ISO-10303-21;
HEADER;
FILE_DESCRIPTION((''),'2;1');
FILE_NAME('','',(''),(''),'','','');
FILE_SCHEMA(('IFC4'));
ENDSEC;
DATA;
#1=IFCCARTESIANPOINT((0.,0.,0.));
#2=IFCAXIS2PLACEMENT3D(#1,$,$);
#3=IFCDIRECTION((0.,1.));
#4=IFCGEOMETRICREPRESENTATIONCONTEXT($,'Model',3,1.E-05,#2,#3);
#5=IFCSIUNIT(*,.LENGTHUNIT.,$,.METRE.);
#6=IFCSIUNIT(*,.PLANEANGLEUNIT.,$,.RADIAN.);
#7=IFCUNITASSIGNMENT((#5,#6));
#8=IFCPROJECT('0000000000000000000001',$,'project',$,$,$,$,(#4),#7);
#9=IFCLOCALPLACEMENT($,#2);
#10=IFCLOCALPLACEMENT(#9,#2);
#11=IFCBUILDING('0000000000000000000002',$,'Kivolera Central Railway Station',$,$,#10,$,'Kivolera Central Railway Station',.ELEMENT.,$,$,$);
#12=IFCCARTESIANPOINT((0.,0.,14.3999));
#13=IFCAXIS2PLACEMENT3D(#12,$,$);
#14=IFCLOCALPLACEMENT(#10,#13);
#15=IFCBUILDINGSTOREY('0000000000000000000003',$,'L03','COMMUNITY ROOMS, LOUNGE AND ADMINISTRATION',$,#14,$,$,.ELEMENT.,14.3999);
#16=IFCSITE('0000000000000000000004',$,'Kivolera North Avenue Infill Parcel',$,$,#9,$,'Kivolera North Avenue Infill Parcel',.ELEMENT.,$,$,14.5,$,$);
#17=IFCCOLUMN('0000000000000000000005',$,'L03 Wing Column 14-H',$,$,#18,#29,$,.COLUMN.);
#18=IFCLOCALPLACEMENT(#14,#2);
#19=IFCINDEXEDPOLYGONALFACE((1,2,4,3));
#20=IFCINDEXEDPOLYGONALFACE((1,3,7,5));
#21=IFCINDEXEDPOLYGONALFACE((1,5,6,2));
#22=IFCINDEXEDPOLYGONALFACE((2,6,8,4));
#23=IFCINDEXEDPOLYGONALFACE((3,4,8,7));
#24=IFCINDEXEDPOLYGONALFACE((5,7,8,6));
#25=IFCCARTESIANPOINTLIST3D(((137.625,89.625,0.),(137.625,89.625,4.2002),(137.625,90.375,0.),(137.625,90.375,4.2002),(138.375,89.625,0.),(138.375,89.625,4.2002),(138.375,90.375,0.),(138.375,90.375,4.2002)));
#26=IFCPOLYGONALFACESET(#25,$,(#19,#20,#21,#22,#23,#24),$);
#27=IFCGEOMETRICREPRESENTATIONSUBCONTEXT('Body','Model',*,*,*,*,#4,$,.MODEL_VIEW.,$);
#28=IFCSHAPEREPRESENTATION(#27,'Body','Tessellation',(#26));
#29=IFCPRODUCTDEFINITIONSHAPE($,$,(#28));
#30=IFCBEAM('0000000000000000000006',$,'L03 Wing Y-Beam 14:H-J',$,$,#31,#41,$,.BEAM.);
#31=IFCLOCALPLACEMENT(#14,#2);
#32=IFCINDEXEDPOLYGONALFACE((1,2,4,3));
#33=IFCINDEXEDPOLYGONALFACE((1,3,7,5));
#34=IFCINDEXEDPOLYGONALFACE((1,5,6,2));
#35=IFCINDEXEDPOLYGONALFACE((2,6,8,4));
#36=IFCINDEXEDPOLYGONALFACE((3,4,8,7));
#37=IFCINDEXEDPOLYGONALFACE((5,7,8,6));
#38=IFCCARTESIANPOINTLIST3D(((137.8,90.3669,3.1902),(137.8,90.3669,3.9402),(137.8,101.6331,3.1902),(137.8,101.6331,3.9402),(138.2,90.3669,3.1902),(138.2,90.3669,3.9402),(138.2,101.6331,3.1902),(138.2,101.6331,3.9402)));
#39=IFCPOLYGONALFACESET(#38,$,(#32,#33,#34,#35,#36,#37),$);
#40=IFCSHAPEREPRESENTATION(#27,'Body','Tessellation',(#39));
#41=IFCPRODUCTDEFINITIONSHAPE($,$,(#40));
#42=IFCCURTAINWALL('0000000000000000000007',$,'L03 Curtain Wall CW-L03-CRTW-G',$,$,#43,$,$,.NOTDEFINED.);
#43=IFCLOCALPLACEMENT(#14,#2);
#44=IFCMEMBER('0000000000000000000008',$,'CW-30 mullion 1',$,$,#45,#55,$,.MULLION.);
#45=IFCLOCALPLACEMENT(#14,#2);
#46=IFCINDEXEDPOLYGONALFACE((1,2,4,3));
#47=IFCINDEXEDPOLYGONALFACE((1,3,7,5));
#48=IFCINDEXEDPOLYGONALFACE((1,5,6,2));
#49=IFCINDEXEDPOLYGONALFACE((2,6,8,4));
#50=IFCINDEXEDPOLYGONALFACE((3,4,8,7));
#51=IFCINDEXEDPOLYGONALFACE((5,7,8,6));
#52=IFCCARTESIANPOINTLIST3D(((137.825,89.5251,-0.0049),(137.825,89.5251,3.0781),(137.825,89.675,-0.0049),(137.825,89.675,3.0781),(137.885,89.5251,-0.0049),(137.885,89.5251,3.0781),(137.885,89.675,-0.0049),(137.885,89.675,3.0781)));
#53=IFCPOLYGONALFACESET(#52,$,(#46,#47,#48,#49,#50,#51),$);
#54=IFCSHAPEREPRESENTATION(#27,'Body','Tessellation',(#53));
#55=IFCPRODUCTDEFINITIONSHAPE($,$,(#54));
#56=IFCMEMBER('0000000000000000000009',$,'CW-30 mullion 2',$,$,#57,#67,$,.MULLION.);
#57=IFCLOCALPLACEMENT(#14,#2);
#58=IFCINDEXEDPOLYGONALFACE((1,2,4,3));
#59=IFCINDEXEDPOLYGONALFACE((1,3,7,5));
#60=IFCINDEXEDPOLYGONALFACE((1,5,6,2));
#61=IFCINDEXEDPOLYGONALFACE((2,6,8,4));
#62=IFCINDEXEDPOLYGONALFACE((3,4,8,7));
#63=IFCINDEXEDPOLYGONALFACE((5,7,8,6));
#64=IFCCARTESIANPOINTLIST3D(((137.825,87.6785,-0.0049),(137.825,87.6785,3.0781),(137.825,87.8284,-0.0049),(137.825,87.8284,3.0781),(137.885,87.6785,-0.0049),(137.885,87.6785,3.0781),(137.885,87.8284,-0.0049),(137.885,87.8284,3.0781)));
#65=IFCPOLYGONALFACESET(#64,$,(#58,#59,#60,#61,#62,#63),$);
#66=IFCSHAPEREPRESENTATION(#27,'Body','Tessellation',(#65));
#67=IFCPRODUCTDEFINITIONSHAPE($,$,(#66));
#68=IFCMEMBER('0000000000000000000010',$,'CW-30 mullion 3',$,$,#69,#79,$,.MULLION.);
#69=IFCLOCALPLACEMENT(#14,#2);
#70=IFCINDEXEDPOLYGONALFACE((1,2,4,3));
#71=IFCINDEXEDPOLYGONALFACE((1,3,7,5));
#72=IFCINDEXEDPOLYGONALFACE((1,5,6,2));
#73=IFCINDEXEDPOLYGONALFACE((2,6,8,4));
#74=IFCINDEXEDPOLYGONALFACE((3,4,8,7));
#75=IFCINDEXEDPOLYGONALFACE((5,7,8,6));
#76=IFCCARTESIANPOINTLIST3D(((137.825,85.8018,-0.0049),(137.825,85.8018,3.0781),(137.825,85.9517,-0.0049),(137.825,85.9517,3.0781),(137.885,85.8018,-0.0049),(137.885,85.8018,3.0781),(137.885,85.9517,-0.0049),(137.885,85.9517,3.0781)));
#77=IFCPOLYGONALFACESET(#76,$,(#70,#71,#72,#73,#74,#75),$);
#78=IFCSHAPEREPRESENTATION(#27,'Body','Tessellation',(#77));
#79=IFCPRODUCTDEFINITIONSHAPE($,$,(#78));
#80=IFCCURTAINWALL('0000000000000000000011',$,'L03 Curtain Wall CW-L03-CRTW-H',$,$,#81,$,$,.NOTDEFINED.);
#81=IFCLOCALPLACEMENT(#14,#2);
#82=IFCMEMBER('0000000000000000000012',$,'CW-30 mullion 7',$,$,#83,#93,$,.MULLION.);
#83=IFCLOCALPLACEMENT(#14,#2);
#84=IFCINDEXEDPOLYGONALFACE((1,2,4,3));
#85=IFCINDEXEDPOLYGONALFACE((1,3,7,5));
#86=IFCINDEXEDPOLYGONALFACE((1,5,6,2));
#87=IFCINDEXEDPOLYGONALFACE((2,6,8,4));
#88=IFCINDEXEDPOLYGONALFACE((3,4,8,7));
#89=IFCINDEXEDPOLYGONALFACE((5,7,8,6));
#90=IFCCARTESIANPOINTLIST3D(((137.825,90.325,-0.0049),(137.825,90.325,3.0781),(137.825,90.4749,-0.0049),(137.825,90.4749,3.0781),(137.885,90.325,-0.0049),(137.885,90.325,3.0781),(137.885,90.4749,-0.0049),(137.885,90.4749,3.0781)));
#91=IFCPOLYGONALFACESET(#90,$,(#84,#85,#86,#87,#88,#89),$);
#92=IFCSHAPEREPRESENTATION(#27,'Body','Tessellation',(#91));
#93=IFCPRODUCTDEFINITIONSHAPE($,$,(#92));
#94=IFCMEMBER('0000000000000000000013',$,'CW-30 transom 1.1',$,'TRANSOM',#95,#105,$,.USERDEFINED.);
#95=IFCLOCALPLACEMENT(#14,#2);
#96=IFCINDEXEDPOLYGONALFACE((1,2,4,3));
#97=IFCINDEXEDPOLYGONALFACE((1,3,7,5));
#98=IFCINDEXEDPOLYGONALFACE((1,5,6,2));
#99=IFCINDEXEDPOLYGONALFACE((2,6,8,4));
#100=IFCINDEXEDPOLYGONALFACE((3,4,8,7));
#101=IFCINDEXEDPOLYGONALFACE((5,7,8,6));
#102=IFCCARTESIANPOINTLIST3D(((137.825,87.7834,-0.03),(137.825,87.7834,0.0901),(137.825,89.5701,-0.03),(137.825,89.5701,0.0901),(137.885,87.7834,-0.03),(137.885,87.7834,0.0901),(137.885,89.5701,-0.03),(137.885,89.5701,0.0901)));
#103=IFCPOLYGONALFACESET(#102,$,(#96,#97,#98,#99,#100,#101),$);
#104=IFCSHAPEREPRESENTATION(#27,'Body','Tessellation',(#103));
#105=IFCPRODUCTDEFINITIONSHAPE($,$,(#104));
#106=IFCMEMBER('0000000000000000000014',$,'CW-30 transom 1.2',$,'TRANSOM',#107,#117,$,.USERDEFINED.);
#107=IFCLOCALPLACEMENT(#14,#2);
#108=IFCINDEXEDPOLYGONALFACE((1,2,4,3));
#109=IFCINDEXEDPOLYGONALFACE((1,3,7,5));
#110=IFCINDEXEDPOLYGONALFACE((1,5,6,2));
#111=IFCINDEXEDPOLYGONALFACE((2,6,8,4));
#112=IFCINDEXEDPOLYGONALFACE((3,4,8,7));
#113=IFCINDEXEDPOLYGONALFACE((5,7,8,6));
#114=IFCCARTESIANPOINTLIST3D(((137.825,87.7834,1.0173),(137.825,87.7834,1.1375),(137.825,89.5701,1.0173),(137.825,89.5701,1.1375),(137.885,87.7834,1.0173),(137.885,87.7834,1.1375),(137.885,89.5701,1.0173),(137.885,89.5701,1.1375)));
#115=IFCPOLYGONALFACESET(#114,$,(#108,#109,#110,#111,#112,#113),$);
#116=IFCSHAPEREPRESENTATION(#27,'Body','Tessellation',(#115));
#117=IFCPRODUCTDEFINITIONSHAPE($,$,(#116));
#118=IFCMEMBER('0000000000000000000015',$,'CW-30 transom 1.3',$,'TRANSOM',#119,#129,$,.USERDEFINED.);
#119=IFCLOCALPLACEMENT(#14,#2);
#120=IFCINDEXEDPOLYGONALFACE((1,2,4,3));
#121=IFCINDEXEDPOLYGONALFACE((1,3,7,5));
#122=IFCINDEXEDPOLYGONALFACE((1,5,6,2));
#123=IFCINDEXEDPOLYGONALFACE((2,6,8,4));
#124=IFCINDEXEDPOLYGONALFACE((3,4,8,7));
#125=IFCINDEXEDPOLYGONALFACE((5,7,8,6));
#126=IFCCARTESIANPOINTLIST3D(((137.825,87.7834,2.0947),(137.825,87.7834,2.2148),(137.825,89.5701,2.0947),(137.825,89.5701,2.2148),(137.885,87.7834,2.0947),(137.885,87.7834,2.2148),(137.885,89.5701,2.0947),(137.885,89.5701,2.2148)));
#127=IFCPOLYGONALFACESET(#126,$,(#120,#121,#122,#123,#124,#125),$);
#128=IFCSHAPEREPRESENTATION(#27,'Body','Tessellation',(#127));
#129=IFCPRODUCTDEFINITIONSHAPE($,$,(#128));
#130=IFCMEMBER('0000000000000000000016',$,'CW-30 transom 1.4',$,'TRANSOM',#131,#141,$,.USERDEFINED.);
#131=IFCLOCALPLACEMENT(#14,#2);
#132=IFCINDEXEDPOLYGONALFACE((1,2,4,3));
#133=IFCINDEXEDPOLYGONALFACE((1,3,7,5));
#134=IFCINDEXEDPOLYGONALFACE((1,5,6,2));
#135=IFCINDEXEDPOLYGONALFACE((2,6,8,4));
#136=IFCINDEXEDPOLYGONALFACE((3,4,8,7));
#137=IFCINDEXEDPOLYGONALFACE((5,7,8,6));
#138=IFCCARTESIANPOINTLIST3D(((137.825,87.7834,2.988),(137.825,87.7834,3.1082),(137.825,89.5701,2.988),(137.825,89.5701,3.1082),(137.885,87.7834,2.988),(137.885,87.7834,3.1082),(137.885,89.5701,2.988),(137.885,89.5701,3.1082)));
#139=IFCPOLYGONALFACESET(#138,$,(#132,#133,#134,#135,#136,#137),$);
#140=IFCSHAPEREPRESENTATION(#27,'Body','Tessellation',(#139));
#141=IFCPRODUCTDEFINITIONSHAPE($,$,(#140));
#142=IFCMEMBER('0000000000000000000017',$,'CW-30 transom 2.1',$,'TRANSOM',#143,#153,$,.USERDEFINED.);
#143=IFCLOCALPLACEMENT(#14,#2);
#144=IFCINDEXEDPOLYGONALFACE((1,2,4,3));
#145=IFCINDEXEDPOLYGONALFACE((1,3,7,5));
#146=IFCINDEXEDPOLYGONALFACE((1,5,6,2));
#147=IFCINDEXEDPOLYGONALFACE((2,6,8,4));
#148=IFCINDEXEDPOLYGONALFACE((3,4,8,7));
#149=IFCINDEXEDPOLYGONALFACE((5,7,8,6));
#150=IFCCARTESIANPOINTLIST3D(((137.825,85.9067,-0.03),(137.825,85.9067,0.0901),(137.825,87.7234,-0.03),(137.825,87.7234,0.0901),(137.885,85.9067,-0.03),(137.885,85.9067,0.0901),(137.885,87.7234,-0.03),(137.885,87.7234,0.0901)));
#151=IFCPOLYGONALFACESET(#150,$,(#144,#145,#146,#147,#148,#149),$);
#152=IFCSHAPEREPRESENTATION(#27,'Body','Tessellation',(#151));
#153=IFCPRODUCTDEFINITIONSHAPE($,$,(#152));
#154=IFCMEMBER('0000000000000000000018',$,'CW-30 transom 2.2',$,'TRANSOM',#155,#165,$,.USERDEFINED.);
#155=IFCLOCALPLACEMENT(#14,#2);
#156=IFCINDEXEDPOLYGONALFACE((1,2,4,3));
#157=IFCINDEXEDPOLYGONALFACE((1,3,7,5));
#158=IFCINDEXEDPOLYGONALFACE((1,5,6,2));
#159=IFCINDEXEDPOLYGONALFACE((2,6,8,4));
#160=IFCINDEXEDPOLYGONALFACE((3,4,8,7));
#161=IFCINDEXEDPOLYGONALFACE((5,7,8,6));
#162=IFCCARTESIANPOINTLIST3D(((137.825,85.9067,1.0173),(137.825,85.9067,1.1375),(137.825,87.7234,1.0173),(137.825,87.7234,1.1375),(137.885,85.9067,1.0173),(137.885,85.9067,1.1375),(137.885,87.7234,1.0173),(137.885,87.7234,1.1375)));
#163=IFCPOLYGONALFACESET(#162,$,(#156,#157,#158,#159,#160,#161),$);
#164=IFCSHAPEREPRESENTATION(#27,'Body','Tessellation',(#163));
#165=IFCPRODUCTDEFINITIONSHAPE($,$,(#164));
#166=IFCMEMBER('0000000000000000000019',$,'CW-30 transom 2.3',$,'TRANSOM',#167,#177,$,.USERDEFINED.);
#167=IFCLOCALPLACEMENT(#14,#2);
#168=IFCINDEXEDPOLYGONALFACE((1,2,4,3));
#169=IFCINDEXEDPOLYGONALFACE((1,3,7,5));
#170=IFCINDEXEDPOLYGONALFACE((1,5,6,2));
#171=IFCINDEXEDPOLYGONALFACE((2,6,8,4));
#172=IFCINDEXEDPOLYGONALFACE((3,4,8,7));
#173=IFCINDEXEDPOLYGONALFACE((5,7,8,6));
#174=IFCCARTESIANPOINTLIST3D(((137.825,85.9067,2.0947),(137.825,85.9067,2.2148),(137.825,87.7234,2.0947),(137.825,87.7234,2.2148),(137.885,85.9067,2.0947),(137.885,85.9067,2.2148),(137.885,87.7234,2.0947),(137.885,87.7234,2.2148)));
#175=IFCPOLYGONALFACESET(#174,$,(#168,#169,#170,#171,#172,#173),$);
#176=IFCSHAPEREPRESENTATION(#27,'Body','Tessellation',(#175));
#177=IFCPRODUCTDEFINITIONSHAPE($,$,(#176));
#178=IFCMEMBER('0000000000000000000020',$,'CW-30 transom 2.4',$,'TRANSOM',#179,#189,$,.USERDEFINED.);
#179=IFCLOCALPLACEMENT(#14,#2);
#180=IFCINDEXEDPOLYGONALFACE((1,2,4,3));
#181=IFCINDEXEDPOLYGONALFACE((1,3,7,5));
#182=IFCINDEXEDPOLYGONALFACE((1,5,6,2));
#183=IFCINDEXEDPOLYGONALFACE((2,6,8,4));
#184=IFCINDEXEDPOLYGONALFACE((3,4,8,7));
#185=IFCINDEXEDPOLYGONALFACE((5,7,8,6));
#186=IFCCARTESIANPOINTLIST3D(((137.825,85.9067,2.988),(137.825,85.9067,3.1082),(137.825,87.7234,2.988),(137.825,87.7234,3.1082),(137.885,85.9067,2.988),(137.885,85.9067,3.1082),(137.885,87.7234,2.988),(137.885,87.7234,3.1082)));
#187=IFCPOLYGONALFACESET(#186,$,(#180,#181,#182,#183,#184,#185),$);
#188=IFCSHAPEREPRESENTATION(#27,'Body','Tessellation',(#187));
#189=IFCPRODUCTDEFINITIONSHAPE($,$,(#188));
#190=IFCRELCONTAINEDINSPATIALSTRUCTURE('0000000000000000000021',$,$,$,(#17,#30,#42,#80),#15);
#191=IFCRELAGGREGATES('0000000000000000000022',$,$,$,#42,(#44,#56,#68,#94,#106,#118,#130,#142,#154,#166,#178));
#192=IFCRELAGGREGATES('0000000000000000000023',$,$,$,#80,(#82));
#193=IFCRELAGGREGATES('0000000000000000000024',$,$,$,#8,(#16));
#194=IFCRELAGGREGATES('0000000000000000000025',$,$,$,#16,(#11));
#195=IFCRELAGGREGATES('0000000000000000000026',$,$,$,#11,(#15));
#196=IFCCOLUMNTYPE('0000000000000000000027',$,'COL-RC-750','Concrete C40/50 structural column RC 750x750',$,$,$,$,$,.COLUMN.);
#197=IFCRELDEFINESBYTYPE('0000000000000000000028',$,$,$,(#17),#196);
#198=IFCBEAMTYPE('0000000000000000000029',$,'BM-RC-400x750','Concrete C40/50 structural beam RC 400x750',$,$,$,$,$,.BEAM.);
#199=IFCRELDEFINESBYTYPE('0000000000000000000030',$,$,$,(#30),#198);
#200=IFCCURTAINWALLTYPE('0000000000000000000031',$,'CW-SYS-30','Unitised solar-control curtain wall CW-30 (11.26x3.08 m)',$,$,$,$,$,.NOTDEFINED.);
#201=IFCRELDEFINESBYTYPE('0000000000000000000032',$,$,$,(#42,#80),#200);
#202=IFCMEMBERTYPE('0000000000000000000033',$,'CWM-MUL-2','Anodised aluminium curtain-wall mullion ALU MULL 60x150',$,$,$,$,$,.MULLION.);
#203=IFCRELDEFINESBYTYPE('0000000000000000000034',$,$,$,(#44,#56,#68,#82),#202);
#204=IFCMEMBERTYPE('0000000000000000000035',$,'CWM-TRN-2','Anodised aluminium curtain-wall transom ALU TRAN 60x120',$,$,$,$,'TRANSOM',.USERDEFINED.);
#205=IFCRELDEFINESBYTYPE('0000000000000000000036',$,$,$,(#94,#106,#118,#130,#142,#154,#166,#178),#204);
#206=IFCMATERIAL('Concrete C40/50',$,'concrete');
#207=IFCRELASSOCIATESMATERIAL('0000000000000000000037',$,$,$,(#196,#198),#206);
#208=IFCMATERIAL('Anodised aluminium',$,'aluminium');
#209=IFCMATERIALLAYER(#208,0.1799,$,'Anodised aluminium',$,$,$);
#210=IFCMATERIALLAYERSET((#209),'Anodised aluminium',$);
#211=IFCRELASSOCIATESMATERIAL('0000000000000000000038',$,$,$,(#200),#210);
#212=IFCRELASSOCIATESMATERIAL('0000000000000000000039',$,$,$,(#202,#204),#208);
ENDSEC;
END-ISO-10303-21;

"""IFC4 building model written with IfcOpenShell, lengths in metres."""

from ifc_helpers import new_model, si_unit, direction, frame, origin, origin_2d, place, context, subcontext, project, spatial, rectangle, extrude, material, layer, layer_set, material_profile, profile_set, type_object, element, aggregate, save


model = new_model("IFC4")

# Units and contexts
model_context = context("Model", 3, precision=1e-05, world=origin(), true_north=direction((0.0, 1.0)))
body_context = subcontext(model_context, "Body", "Model", "MODEL_VIEW")
ifc_project = project(units=[si_unit("LENGTHUNIT", "METRE"), si_unit("PLANEANGLEUNIT", "RADIAN")], contexts=[model_context])

# Site, building, storey
site_placement = place(None, origin())
site = spatial("IfcSite", under=ifc_project, at=site_placement, Name="Kivolera North Avenue Infill Parcel", LongName="Kivolera North Avenue Infill Parcel", CompositionType="ELEMENT", RefElevation=14.5)
building_placement = place(site_placement, origin())
building = spatial("IfcBuilding", under=site, at=building_placement, Name="Kivolera Central Railway Station", LongName="Kivolera Central Railway Station", CompositionType="ELEMENT")
storey_placement = place(building_placement, frame((0.0, 0.0, 14.3999)))
storey = spatial("IfcBuildingStorey", under=building, at=storey_placement, Name="L03", Description="COMMUNITY ROOMS, LOUNGE AND ADMINISTRATION", CompositionType="ELEMENT", Elevation=14.3999)

# Column
ifc_material_1 = material(Name="Concrete C40/50", Category="concrete")
ifc_material_profile_1 = material_profile(ifc_material_1, rectangle(XDim=0.75, YDim=0.75, at=origin_2d()), Name="RC 750x750")
ifc_profile_set_1 = profile_set([ifc_material_profile_1], Name="Concrete C40/50")
column_type = type_object("IfcColumnType", Name="COL-RC-750", Description="Concrete C40/50 structural column RC 750x750", PredefinedType="COLUMN", material=ifc_profile_set_1)
column_placement = place(storey_placement, frame((138.0, 90.0, 0.0), z_axis=(0.0, 0.0, 1.0), x_axis=(1.0, 0.0, 0.0)))
element("IfcColumn", 1, at=column_placement, inside=storey, type_object=column_type, Name="L03 Wing Column 14-H", PredefinedType="COLUMN", context=body_context, shape_type="SweptSolid", body=[
    extrude(rectangle(XDim=0.75, YDim=0.75, at=origin_2d()), origin(), (0.0, 0.0, 1.0), 4.2002),
])

# Beam
ifc_material_profile_2 = material_profile(ifc_material_1, rectangle(XDim=0.3999, YDim=0.75, at=origin_2d()), Name="RC 400x750")
ifc_profile_set_2 = profile_set([ifc_material_profile_2], Name="Concrete C40/50")
beam_type = type_object("IfcBeamType", Name="BM-RC-400x750", Description="Concrete C40/50 structural beam RC 400x750", PredefinedType="BEAM", material=ifc_profile_set_2)
beam_placement = place(storey_placement, frame((138.0, 90.3669, 3.5652), z_axis=(0.0, 1.0, 0.0), x_axis=(-1.0, 0.0, 0.0)))
element("IfcBeam", 2, at=beam_placement, inside=storey, type_object=beam_type, Name="L03 Wing Y-Beam 14:H-J", PredefinedType="BEAM", context=body_context, shape_type="SweptSolid", body=[
    extrude(rectangle(XDim=0.3999, YDim=0.75, at=origin_2d()), origin(), (0.0, 0.0, 1.0), 11.2661),
])

# Curtain wall, members
ifc_material_2 = material(Name="Anodised aluminium", Category="aluminium")
ifc_layer_1 = layer(ifc_material_2, 0.1799, Name="Anodised aluminium")
ifc_layer_set_1 = layer_set([ifc_layer_1], Name="Anodised aluminium")
curtain_wall_type = type_object("IfcCurtainWallType", Name="CW-SYS-30", Description="Unitised solar-control curtain wall CW-30 (11.26x3.08 m)", PredefinedType="NOTDEFINED", material=ifc_layer_set_1)
curtain_wall_1_placement = place(storey_placement, origin())
curtain_wall_1 = element("IfcCurtainWall", 3, at=curtain_wall_1_placement, inside=storey, type_object=curtain_wall_type, Name="L03 Curtain Wall CW-L03-CRTW-G", PredefinedType="NOTDEFINED")
ifc_material_profile_3 = material_profile(ifc_material_2, rectangle(XDim=0.0601, YDim=0.1499, at=origin_2d()), Name="ALU MULL 60x150")
ifc_profile_set_3 = profile_set([ifc_material_profile_3], Name="Anodised aluminium")
member_type_1 = type_object("IfcMemberType", Name="CWM-MUL-2", Description="Anodised aluminium curtain-wall mullion ALU MULL 60x150", PredefinedType="MULLION", material=ifc_profile_set_3)
member_1_placement = place(storey_placement, frame((137.855, 89.6001, -0.0049), z_axis=(0.0, 0.0, 1.0), x_axis=(1.0, 0.0, 0.0)))
member_1 = element("IfcMember", 4, at=member_1_placement, type_object=member_type_1, Name="CW-30 mullion 1", PredefinedType="MULLION", context=body_context, shape_type="SweptSolid", body=[
    extrude(rectangle(XDim=0.0601, YDim=0.1499, at=origin_2d()), origin(), (0.0, 0.0, 1.0), 3.083),
])
member_2_placement = place(storey_placement, frame((137.855, 87.7534, -0.0049), z_axis=(0.0, 0.0, 1.0), x_axis=(1.0, 0.0, 0.0)))
member_2 = element("IfcMember", 5, at=member_2_placement, type_object=member_type_1, Name="CW-30 mullion 2", PredefinedType="MULLION", context=body_context, shape_type="SweptSolid", body=[
    extrude(rectangle(XDim=0.0601, YDim=0.1499, at=origin_2d()), origin(), (0.0, 0.0, 1.0), 3.083),
])
member_3_placement = place(storey_placement, frame((137.855, 85.8767, -0.0049), z_axis=(0.0, 0.0, 1.0), x_axis=(1.0, 0.0, 0.0)))
member_3 = element("IfcMember", 6, at=member_3_placement, type_object=member_type_1, Name="CW-30 mullion 3", PredefinedType="MULLION", context=body_context, shape_type="SweptSolid", body=[
    extrude(rectangle(XDim=0.0601, YDim=0.1499, at=origin_2d()), origin(), (0.0, 0.0, 1.0), 3.083),
])

# Curtain wall, member
curtain_wall_2_placement = place(storey_placement, origin())
curtain_wall_2 = element("IfcCurtainWall", 7, at=curtain_wall_2_placement, inside=storey, type_object=curtain_wall_type, Name="L03 Curtain Wall CW-L03-CRTW-H", PredefinedType="NOTDEFINED")
member_4_placement = place(storey_placement, frame((137.855, 90.3999, -0.0049), z_axis=(0.0, 0.0, 1.0), x_axis=(1.0, 0.0, 0.0)))
member_4 = element("IfcMember", 8, at=member_4_placement, type_object=member_type_1, Name="CW-30 mullion 7", PredefinedType="MULLION", context=body_context, shape_type="SweptSolid", body=[
    extrude(rectangle(XDim=0.0601, YDim=0.1499, at=origin_2d()), origin(), (0.0, 0.0, 1.0), 3.083),
])

# Members
ifc_material_profile_4 = material_profile(ifc_material_2, rectangle(XDim=0.0601, YDim=0.1201, at=origin_2d()), Name="ALU TRAN 60x120")
ifc_profile_set_4 = profile_set([ifc_material_profile_4], Name="Anodised aluminium")
member_type_2 = type_object("IfcMemberType", Name="CWM-TRN-2", Description="Anodised aluminium curtain-wall transom ALU TRAN 60x120", ElementType="TRANSOM", PredefinedType="USERDEFINED", material=ifc_profile_set_4)
member_5_placement = place(storey_placement, frame((137.855, 89.5701, 0.03), z_axis=(0.0, -1.0, 0.0), x_axis=(1.0, 0.0, 0.0)))
member_5 = element("IfcMember", 9, at=member_5_placement, type_object=member_type_2, Name="CW-30 transom 1.1", ObjectType="TRANSOM", PredefinedType="USERDEFINED", context=body_context, shape_type="SweptSolid", body=[
    extrude(rectangle(XDim=0.0601, YDim=0.1201, at=origin_2d()), origin(), (0.0, 0.0, 1.0), 1.7866),
])
member_6_placement = place(storey_placement, frame((137.855, 89.5701, 1.0774), z_axis=(0.0, -1.0, 0.0), x_axis=(1.0, 0.0, 0.0)))
member_6 = element("IfcMember", 10, at=member_6_placement, type_object=member_type_2, Name="CW-30 transom 1.2", ObjectType="TRANSOM", PredefinedType="USERDEFINED", context=body_context, shape_type="SweptSolid", body=[
    extrude(rectangle(XDim=0.0601, YDim=0.1201, at=origin_2d()), origin(), (0.0, 0.0, 1.0), 1.7866),
])
member_7_placement = place(storey_placement, frame((137.855, 89.5701, 2.1548), z_axis=(0.0, -1.0, 0.0), x_axis=(1.0, 0.0, 0.0)))
member_7 = element("IfcMember", 11, at=member_7_placement, type_object=member_type_2, Name="CW-30 transom 1.3", ObjectType="TRANSOM", PredefinedType="USERDEFINED", context=body_context, shape_type="SweptSolid", body=[
    extrude(rectangle(XDim=0.0601, YDim=0.1201, at=origin_2d()), origin(), (0.0, 0.0, 1.0), 1.7866),
])
member_8_placement = place(storey_placement, frame((137.855, 89.5701, 3.0481), z_axis=(0.0, -1.0, 0.0), x_axis=(1.0, 0.0, 0.0)))
member_8 = element("IfcMember", 12, at=member_8_placement, type_object=member_type_2, Name="CW-30 transom 1.4", ObjectType="TRANSOM", PredefinedType="USERDEFINED", context=body_context, shape_type="SweptSolid", body=[
    extrude(rectangle(XDim=0.0601, YDim=0.1201, at=origin_2d()), origin(), (0.0, 0.0, 1.0), 1.7866),
])
member_9_placement = place(storey_placement, frame((137.855, 87.7234, 0.03), z_axis=(0.0, -1.0, 0.0), x_axis=(1.0, 0.0, 0.0)))
member_9 = element("IfcMember", 13, at=member_9_placement, type_object=member_type_2, Name="CW-30 transom 2.1", ObjectType="TRANSOM", PredefinedType="USERDEFINED", context=body_context, shape_type="SweptSolid", body=[
    extrude(rectangle(XDim=0.0601, YDim=0.1201, at=origin_2d()), origin(), (0.0, 0.0, 1.0), 1.8167),
])
member_10_placement = place(storey_placement, frame((137.855, 87.7234, 1.0774), z_axis=(0.0, -1.0, 0.0), x_axis=(1.0, 0.0, 0.0)))
member_10 = element("IfcMember", 14, at=member_10_placement, type_object=member_type_2, Name="CW-30 transom 2.2", ObjectType="TRANSOM", PredefinedType="USERDEFINED", context=body_context, shape_type="SweptSolid", body=[
    extrude(rectangle(XDim=0.0601, YDim=0.1201, at=origin_2d()), origin(), (0.0, 0.0, 1.0), 1.8167),
])
member_11_placement = place(storey_placement, frame((137.855, 87.7234, 2.1548), z_axis=(0.0, -1.0, 0.0), x_axis=(1.0, 0.0, 0.0)))
member_11 = element("IfcMember", 15, at=member_11_placement, type_object=member_type_2, Name="CW-30 transom 2.3", ObjectType="TRANSOM", PredefinedType="USERDEFINED", context=body_context, shape_type="SweptSolid", body=[
    extrude(rectangle(XDim=0.0601, YDim=0.1201, at=origin_2d()), origin(), (0.0, 0.0, 1.0), 1.8167),
])
member_12_placement = place(storey_placement, frame((137.855, 87.7234, 3.0481), z_axis=(0.0, -1.0, 0.0), x_axis=(1.0, 0.0, 0.0)))
member_12 = element("IfcMember", 16, at=member_12_placement, type_object=member_type_2, Name="CW-30 transom 2.4", ObjectType="TRANSOM", PredefinedType="USERDEFINED", context=body_context, shape_type="SweptSolid", body=[
    extrude(rectangle(XDim=0.0601, YDim=0.1201, at=origin_2d()), origin(), (0.0, 0.0, 1.0), 1.8167),
])

aggregate(curtain_wall_1, [member_1, member_2, member_3, member_5, member_6, member_7, member_8, member_9, member_10, member_11, member_12])
aggregate(curtain_wall_2, [member_4])

save(model, "model.ifc")
